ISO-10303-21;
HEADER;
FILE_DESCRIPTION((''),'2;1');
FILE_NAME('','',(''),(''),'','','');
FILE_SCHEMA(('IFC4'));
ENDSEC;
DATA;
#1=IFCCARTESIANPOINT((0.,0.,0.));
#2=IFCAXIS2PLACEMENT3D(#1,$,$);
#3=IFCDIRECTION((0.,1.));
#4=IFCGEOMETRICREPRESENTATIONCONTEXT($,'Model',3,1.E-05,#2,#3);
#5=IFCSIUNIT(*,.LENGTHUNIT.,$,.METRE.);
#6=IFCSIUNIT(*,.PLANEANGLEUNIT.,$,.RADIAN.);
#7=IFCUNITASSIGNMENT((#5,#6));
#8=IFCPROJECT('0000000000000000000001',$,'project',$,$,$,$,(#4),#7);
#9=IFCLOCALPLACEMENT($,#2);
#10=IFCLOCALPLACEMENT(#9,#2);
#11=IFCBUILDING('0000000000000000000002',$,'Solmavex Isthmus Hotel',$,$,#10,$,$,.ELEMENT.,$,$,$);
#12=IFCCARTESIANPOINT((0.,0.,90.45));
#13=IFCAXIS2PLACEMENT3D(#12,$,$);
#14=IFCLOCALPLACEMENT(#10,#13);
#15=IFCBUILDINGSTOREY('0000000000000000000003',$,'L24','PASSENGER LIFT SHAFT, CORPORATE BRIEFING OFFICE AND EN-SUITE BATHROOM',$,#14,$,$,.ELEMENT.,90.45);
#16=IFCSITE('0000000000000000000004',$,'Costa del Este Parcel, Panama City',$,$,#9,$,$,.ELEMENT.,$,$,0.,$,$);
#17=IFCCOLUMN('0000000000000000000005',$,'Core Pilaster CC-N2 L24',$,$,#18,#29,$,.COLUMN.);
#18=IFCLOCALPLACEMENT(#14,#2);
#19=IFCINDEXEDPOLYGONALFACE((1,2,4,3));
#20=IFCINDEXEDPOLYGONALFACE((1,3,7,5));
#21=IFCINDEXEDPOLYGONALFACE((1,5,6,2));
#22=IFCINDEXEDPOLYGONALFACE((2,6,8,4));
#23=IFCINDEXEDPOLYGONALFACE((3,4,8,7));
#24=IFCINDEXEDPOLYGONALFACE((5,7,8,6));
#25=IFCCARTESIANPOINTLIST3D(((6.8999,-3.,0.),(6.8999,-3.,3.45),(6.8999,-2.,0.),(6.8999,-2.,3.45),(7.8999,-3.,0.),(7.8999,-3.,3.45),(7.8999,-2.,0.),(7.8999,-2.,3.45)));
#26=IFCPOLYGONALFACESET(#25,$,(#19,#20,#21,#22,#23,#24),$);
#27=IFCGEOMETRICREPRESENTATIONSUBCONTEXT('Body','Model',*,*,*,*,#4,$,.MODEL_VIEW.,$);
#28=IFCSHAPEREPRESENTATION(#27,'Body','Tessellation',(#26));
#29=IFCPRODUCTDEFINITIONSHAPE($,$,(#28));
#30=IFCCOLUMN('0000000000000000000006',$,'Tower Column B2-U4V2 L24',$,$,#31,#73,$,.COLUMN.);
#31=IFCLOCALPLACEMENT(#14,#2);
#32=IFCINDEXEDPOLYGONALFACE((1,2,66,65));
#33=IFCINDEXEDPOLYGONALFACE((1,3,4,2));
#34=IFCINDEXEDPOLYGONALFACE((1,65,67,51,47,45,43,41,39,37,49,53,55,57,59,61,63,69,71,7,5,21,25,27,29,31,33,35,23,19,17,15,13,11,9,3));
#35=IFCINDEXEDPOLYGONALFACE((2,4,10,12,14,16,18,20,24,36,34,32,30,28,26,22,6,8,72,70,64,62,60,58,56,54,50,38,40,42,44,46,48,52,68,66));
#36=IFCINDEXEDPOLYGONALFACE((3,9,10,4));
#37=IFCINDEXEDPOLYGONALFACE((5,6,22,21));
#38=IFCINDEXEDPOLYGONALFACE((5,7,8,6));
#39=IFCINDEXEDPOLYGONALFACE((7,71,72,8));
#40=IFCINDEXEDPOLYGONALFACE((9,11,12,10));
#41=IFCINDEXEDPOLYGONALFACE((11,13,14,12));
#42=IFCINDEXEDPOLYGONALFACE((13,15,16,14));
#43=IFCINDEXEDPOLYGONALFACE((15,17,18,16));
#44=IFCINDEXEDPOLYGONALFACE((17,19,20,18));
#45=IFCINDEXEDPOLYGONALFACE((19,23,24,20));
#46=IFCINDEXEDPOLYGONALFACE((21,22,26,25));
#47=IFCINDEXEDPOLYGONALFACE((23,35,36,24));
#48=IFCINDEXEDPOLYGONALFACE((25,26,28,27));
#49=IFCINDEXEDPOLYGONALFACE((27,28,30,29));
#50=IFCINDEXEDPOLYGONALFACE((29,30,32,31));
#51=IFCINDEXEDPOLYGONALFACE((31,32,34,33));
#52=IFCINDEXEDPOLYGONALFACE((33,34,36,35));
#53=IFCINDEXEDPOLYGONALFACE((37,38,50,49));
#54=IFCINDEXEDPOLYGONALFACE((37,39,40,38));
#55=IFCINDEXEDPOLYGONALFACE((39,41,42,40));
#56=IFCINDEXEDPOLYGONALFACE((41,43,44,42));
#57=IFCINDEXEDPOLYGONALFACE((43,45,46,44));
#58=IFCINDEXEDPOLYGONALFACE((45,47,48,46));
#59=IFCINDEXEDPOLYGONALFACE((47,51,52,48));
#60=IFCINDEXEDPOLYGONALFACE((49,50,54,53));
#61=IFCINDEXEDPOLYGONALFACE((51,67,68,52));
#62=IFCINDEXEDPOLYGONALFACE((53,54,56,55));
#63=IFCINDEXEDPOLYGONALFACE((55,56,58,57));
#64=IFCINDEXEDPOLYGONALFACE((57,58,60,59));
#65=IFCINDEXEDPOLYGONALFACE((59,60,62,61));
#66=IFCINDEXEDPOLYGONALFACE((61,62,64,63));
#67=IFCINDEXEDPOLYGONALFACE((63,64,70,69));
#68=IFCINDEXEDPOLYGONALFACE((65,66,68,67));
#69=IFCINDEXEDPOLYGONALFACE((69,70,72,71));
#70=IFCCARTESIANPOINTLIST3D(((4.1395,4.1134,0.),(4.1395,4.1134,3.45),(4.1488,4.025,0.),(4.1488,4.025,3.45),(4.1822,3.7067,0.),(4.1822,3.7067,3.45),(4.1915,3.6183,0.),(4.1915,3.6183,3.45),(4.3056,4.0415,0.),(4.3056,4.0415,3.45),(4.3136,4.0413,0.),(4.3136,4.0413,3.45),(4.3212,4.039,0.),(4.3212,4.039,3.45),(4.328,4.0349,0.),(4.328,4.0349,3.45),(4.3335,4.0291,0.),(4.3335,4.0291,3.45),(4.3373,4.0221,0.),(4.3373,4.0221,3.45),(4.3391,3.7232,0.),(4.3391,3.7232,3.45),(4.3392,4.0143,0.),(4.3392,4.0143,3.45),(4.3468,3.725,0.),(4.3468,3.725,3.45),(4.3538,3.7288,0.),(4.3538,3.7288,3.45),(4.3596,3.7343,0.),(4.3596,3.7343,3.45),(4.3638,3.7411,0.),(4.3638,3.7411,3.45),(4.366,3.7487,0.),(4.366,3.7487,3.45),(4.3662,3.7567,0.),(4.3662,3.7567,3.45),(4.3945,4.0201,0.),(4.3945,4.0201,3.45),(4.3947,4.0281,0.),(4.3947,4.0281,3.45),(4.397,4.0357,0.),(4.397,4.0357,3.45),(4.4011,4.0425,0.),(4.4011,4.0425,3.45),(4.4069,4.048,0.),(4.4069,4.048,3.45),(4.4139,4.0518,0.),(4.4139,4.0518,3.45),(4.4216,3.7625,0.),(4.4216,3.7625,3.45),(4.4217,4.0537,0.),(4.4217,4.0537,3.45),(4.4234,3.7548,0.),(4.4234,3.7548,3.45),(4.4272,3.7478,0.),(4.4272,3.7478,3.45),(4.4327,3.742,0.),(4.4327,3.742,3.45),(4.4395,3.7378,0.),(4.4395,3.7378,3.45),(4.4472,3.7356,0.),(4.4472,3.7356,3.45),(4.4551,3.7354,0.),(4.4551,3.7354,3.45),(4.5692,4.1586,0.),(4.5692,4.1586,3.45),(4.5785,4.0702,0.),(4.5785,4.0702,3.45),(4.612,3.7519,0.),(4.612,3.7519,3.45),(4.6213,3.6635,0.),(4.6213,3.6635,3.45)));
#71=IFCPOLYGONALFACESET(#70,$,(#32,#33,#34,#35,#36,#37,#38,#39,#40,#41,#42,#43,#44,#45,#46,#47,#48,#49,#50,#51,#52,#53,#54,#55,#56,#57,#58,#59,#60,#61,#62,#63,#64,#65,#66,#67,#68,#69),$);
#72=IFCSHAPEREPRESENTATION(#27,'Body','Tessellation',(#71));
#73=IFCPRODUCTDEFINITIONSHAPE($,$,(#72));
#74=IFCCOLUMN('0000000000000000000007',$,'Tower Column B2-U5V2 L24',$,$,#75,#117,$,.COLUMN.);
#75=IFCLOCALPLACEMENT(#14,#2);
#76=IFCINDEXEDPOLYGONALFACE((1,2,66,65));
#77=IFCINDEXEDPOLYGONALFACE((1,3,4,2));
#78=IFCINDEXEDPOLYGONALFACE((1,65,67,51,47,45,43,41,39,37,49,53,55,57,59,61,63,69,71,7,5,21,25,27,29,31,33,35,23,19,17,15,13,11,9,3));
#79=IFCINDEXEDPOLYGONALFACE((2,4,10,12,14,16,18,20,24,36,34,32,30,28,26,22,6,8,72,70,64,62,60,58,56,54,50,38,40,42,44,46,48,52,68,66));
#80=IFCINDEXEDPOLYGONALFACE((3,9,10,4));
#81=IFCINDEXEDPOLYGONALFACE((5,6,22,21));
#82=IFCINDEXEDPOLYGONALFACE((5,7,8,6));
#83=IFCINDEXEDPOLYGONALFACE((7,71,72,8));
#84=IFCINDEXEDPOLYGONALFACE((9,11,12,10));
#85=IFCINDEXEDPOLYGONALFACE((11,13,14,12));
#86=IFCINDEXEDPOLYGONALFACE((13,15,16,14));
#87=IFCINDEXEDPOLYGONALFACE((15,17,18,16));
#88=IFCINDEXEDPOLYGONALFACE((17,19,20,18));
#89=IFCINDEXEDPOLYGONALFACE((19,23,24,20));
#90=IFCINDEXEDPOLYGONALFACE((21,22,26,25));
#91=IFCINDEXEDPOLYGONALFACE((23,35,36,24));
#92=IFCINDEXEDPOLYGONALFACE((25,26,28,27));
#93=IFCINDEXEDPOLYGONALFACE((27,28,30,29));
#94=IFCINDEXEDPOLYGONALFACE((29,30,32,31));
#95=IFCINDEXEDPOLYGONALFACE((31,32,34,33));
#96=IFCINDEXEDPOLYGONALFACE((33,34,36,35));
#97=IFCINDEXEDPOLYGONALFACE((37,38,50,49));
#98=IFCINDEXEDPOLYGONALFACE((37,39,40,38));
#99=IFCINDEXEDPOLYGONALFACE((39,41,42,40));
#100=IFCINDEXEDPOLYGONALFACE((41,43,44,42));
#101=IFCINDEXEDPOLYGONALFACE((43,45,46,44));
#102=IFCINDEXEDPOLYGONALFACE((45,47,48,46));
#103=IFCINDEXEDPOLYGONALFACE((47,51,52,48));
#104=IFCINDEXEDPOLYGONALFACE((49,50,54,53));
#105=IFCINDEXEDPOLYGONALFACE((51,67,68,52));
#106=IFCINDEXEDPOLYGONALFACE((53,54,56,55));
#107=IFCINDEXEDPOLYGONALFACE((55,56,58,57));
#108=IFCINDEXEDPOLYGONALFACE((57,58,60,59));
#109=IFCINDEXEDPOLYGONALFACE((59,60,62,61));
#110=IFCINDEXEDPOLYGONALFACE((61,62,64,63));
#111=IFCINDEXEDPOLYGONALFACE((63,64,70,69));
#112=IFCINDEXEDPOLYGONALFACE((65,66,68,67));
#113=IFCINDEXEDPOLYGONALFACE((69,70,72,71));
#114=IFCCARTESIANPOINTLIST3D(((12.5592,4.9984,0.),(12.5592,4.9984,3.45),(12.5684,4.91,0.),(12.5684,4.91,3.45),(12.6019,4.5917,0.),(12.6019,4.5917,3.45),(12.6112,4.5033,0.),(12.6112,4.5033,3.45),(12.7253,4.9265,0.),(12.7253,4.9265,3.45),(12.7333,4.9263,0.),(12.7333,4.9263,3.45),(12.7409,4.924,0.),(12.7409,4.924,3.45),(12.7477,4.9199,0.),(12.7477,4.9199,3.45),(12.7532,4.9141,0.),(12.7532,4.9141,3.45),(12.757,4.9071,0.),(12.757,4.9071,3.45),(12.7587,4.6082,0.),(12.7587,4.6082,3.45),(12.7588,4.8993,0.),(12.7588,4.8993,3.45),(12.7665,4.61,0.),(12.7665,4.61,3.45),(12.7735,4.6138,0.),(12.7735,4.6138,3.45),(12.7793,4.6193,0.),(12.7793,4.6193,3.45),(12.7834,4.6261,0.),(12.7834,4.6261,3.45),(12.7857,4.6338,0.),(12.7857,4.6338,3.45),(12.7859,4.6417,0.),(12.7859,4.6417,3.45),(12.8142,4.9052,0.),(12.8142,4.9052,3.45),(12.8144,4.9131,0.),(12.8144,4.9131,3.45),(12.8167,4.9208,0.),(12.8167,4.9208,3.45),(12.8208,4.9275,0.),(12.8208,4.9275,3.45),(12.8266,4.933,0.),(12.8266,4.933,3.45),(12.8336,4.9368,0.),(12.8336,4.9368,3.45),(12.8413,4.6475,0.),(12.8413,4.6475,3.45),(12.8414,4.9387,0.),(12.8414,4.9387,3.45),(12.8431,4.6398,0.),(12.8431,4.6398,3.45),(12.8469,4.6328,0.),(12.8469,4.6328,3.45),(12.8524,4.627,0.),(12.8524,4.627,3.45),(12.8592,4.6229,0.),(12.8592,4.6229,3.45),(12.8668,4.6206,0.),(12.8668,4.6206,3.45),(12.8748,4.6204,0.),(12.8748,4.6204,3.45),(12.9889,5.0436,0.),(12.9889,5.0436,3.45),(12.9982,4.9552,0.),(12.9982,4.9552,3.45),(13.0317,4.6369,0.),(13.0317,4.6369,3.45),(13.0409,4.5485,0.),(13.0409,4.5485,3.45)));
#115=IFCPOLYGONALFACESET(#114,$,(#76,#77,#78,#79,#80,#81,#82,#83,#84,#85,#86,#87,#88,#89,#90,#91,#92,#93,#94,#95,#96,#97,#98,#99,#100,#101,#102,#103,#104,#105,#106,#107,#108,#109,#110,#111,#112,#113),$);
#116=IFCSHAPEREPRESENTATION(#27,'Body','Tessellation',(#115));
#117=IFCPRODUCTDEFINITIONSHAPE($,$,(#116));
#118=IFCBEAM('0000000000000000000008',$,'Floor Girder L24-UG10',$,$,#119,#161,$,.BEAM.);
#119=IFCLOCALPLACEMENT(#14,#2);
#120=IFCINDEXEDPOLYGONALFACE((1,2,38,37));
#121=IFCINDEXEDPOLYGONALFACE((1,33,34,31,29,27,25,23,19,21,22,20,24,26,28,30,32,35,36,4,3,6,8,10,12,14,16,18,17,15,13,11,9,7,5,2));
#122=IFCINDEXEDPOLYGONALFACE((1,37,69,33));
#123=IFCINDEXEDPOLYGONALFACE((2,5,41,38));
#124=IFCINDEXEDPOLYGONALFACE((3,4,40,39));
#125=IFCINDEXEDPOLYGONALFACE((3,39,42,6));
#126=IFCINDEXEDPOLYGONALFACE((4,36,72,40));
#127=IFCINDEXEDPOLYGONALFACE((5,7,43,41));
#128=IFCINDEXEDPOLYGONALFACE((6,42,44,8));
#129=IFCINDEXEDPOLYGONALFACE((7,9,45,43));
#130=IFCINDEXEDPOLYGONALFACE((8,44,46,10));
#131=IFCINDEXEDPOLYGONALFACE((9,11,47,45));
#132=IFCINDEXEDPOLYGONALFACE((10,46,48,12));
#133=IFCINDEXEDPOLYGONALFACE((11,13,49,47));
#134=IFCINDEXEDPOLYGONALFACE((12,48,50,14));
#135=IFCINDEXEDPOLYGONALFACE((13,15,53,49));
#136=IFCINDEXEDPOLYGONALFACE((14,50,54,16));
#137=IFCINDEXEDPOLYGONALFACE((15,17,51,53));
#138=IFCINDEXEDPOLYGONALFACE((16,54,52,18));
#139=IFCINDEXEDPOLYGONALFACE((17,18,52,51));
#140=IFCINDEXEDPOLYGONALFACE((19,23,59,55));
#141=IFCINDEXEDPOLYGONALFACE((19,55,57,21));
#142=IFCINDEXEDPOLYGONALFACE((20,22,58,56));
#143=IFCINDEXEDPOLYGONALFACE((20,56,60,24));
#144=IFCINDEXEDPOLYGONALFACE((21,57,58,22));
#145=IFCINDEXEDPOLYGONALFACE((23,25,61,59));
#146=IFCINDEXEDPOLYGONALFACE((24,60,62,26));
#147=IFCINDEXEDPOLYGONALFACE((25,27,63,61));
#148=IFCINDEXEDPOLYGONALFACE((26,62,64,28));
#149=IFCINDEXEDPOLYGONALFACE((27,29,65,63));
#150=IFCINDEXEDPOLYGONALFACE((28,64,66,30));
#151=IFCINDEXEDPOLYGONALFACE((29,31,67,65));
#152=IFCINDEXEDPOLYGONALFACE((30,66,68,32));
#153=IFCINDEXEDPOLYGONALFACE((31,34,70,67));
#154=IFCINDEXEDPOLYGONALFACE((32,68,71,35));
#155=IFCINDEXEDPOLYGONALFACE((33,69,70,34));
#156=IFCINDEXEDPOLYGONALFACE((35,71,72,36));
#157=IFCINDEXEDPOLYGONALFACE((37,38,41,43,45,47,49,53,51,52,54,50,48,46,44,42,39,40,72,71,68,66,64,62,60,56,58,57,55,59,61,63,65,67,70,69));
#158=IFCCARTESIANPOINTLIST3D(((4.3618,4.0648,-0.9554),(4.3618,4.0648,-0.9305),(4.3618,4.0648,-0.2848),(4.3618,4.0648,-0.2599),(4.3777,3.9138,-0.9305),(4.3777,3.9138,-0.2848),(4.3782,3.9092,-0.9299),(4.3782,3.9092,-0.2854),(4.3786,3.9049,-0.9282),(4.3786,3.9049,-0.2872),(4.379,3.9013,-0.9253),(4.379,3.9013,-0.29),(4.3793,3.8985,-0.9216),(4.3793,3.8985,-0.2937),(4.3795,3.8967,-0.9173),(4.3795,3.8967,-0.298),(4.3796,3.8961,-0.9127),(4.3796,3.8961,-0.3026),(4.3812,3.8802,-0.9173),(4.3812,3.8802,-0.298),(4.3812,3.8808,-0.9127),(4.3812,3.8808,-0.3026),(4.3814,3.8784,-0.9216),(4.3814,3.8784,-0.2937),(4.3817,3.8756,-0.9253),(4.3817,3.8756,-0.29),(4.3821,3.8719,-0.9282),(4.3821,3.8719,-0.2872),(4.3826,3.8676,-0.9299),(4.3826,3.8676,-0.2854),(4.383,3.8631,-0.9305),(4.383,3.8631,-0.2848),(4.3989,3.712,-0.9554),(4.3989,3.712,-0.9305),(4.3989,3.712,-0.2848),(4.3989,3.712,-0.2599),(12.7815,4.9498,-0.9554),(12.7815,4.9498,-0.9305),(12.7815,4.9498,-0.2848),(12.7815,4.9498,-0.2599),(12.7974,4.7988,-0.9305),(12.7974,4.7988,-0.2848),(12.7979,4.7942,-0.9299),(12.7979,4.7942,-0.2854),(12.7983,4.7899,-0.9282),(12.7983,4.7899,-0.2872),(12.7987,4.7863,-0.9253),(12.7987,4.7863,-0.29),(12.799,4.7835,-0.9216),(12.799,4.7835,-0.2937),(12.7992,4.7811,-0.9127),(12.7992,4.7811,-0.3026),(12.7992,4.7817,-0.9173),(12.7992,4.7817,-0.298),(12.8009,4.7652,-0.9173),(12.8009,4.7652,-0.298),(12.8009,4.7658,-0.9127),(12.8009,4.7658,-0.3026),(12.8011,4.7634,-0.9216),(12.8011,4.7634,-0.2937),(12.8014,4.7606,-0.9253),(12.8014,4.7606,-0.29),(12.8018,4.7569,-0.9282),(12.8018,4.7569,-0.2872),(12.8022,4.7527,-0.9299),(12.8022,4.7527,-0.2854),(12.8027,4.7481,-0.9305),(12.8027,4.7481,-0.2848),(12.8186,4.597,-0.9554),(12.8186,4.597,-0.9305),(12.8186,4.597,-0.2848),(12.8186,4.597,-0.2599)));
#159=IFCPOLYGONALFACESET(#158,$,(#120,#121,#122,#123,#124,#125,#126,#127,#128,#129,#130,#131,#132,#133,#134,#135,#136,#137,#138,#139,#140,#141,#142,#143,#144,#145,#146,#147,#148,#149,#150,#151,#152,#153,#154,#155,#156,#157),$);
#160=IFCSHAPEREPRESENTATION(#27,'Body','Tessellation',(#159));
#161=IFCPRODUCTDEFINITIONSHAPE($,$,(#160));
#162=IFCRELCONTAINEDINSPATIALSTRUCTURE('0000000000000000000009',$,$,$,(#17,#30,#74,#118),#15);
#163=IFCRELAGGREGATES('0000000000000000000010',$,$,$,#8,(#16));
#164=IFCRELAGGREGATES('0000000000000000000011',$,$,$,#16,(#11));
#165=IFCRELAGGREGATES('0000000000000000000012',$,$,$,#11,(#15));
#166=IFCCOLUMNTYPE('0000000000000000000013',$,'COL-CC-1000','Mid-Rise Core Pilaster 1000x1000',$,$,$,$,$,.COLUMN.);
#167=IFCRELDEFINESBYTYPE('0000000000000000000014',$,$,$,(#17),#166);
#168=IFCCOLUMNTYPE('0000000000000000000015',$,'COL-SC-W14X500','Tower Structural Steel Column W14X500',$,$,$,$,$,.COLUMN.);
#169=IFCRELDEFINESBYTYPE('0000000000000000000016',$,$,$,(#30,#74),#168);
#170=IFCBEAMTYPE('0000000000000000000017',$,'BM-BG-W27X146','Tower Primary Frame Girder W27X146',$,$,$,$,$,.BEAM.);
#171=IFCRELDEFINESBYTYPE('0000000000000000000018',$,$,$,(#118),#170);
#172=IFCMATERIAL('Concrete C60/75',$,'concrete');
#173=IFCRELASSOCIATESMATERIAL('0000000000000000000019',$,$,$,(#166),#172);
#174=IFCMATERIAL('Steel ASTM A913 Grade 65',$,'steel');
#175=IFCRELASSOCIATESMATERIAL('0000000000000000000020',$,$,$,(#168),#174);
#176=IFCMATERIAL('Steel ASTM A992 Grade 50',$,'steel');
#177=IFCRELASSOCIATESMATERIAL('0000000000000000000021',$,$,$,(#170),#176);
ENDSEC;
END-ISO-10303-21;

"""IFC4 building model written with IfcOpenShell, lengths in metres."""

from ifc_helpers import new_model, si_unit, direction, frame, origin, origin_2d, place, context, subcontext, project, spatial, rectangle, i_section, extrude, material, material_profile, profile_set, type_object, element, save


model = new_model("IFC4")

# Units and contexts
model_context = context("Model", 3, precision=1e-05, world=origin(), true_north=direction((0.0, 1.0)))
body_context = subcontext(model_context, "Body", "Model", "MODEL_VIEW")
ifc_project = project(units=[si_unit("LENGTHUNIT", "METRE"), si_unit("PLANEANGLEUNIT", "RADIAN")], contexts=[model_context])

# Site, building, storey
site_placement = place(None, origin())
site = spatial("IfcSite", under=ifc_project, at=site_placement, Name="Costa del Este Parcel, Panama City", CompositionType="ELEMENT", RefElevation=0.0)
building_placement = place(site_placement, origin())
building = spatial("IfcBuilding", under=site, at=building_placement, Name="Solmavex Isthmus Hotel", CompositionType="ELEMENT")
storey_placement = place(building_placement, frame((0.0, 0.0, 90.45)))
storey = spatial("IfcBuildingStorey", under=building, at=storey_placement, Name="L24", Description="PASSENGER LIFT SHAFT, CORPORATE BRIEFING OFFICE AND EN-SUITE BATHROOM", CompositionType="ELEMENT", Elevation=90.45)

# Columns
ifc_material_1 = material(Name="Concrete C60/75", Category="concrete")
ifc_material_profile_1 = material_profile(ifc_material_1, rectangle(XDim=1.0, YDim=1.0, at=origin_2d()), Name="RC1000X1000")
ifc_profile_set_1 = profile_set([ifc_material_profile_1], Name="Concrete C60/75")
column_type_1 = type_object("IfcColumnType", Name="COL-CC-1000", Description="Mid-Rise Core Pilaster 1000x1000", PredefinedType="COLUMN", material=ifc_profile_set_1)
column_placement = place(storey_placement, frame((7.3999, -2.5, 0.0), z_axis=(0.0, 0.0, 1.0), x_axis=(1.0, 0.0, 0.0)))
element("IfcColumn", 1, at=column_placement, inside=storey, type_object=column_type_1, Name="Core Pilaster CC-N2 L24", PredefinedType="COLUMN", context=body_context, shape_type="SweptSolid", body=[
    extrude(rectangle(XDim=1.0, YDim=1.0, at=origin_2d()), origin(), (0.0, 0.0, 1.0), 3.45),
])
ifc_material_2 = material(Name="Steel ASTM A913 Grade 65", Category="steel")
ifc_material_profile_2 = material_profile(ifc_material_2, i_section(OverallWidth=0.4321, OverallDepth=0.4978, WebThickness=0.0557, FlangeThickness=0.0889, FilletRadius=0.0305, at=origin_2d()), Name="W14X500")
ifc_profile_set_2 = profile_set([ifc_material_profile_2], Name="Steel ASTM A913 Grade 65")
column_type_2 = type_object("IfcColumnType", Name="COL-SC-W14X500", Description="Tower Structural Steel Column W14X500", PredefinedType="COLUMN", material=ifc_profile_set_2)
for number, where, z_axis, x_axis, name in (
    (2, (4.3804, 3.8884, 0.0), (0.0, 0.0, 1.0), (0.994522, 0.104528, 0.0), "Tower Column B2-U4V2 L24"),
    (3, (12.8, 4.7734, 0.0), (0.0, 0.0, 1.0), (0.994522, 0.104528, 0.0), "Tower Column B2-U5V2 L24"),
):
    element("IfcColumn", number, at=place(storey_placement, frame(where, z_axis=z_axis, x_axis=x_axis)), inside=storey, type_object=column_type_2, Name=name, PredefinedType="COLUMN", context=body_context, shape_type="SweptSolid", body=[
        extrude(i_section(OverallWidth=0.4321, OverallDepth=0.4978, WebThickness=0.0557, FlangeThickness=0.0889, FilletRadius=0.0305, at=origin_2d()), origin(), (0.0, 0.0, 1.0), 3.45),
    ])

# Beam
ifc_material_3 = material(Name="Steel ASTM A992 Grade 50", Category="steel")
ifc_material_profile_3 = material_profile(ifc_material_3, i_section(OverallWidth=0.3547, OverallDepth=0.6956, WebThickness=0.0154, FlangeThickness=0.0249, FilletRadius=0.0178, at=origin_2d()), Name="W27X146")
ifc_profile_set_3 = profile_set([ifc_material_profile_3], Name="Steel ASTM A992 Grade 50")
beam_type_1 = type_object("IfcBeamType", Name="BM-BG-W27X146", Description="Tower Primary Frame Girder W27X146", PredefinedType="BEAM", material=ifc_profile_set_3)
for number, where, z_axis, x_axis, name in (
    (4, (4.3804, 3.8884, -0.6077), (0.994521, 0.104536, 0.0), (-0.104536, 0.994521, 0.0), "Floor Girder L24-UG10"),
):
    element("IfcBeam", number, at=place(storey_placement, frame(where, z_axis=z_axis, x_axis=x_axis)), inside=storey, type_object=beam_type_1, Name=name, PredefinedType="BEAM", context=body_context, shape_type="SweptSolid", body=[
        extrude(i_section(OverallWidth=0.3547, OverallDepth=0.6956, WebThickness=0.0154, FlangeThickness=0.0249, FilletRadius=0.0178, at=origin_2d()), origin(), (0.0, 0.0, 1.0), 8.4661),
    ])

save(model, "model.ifc")
